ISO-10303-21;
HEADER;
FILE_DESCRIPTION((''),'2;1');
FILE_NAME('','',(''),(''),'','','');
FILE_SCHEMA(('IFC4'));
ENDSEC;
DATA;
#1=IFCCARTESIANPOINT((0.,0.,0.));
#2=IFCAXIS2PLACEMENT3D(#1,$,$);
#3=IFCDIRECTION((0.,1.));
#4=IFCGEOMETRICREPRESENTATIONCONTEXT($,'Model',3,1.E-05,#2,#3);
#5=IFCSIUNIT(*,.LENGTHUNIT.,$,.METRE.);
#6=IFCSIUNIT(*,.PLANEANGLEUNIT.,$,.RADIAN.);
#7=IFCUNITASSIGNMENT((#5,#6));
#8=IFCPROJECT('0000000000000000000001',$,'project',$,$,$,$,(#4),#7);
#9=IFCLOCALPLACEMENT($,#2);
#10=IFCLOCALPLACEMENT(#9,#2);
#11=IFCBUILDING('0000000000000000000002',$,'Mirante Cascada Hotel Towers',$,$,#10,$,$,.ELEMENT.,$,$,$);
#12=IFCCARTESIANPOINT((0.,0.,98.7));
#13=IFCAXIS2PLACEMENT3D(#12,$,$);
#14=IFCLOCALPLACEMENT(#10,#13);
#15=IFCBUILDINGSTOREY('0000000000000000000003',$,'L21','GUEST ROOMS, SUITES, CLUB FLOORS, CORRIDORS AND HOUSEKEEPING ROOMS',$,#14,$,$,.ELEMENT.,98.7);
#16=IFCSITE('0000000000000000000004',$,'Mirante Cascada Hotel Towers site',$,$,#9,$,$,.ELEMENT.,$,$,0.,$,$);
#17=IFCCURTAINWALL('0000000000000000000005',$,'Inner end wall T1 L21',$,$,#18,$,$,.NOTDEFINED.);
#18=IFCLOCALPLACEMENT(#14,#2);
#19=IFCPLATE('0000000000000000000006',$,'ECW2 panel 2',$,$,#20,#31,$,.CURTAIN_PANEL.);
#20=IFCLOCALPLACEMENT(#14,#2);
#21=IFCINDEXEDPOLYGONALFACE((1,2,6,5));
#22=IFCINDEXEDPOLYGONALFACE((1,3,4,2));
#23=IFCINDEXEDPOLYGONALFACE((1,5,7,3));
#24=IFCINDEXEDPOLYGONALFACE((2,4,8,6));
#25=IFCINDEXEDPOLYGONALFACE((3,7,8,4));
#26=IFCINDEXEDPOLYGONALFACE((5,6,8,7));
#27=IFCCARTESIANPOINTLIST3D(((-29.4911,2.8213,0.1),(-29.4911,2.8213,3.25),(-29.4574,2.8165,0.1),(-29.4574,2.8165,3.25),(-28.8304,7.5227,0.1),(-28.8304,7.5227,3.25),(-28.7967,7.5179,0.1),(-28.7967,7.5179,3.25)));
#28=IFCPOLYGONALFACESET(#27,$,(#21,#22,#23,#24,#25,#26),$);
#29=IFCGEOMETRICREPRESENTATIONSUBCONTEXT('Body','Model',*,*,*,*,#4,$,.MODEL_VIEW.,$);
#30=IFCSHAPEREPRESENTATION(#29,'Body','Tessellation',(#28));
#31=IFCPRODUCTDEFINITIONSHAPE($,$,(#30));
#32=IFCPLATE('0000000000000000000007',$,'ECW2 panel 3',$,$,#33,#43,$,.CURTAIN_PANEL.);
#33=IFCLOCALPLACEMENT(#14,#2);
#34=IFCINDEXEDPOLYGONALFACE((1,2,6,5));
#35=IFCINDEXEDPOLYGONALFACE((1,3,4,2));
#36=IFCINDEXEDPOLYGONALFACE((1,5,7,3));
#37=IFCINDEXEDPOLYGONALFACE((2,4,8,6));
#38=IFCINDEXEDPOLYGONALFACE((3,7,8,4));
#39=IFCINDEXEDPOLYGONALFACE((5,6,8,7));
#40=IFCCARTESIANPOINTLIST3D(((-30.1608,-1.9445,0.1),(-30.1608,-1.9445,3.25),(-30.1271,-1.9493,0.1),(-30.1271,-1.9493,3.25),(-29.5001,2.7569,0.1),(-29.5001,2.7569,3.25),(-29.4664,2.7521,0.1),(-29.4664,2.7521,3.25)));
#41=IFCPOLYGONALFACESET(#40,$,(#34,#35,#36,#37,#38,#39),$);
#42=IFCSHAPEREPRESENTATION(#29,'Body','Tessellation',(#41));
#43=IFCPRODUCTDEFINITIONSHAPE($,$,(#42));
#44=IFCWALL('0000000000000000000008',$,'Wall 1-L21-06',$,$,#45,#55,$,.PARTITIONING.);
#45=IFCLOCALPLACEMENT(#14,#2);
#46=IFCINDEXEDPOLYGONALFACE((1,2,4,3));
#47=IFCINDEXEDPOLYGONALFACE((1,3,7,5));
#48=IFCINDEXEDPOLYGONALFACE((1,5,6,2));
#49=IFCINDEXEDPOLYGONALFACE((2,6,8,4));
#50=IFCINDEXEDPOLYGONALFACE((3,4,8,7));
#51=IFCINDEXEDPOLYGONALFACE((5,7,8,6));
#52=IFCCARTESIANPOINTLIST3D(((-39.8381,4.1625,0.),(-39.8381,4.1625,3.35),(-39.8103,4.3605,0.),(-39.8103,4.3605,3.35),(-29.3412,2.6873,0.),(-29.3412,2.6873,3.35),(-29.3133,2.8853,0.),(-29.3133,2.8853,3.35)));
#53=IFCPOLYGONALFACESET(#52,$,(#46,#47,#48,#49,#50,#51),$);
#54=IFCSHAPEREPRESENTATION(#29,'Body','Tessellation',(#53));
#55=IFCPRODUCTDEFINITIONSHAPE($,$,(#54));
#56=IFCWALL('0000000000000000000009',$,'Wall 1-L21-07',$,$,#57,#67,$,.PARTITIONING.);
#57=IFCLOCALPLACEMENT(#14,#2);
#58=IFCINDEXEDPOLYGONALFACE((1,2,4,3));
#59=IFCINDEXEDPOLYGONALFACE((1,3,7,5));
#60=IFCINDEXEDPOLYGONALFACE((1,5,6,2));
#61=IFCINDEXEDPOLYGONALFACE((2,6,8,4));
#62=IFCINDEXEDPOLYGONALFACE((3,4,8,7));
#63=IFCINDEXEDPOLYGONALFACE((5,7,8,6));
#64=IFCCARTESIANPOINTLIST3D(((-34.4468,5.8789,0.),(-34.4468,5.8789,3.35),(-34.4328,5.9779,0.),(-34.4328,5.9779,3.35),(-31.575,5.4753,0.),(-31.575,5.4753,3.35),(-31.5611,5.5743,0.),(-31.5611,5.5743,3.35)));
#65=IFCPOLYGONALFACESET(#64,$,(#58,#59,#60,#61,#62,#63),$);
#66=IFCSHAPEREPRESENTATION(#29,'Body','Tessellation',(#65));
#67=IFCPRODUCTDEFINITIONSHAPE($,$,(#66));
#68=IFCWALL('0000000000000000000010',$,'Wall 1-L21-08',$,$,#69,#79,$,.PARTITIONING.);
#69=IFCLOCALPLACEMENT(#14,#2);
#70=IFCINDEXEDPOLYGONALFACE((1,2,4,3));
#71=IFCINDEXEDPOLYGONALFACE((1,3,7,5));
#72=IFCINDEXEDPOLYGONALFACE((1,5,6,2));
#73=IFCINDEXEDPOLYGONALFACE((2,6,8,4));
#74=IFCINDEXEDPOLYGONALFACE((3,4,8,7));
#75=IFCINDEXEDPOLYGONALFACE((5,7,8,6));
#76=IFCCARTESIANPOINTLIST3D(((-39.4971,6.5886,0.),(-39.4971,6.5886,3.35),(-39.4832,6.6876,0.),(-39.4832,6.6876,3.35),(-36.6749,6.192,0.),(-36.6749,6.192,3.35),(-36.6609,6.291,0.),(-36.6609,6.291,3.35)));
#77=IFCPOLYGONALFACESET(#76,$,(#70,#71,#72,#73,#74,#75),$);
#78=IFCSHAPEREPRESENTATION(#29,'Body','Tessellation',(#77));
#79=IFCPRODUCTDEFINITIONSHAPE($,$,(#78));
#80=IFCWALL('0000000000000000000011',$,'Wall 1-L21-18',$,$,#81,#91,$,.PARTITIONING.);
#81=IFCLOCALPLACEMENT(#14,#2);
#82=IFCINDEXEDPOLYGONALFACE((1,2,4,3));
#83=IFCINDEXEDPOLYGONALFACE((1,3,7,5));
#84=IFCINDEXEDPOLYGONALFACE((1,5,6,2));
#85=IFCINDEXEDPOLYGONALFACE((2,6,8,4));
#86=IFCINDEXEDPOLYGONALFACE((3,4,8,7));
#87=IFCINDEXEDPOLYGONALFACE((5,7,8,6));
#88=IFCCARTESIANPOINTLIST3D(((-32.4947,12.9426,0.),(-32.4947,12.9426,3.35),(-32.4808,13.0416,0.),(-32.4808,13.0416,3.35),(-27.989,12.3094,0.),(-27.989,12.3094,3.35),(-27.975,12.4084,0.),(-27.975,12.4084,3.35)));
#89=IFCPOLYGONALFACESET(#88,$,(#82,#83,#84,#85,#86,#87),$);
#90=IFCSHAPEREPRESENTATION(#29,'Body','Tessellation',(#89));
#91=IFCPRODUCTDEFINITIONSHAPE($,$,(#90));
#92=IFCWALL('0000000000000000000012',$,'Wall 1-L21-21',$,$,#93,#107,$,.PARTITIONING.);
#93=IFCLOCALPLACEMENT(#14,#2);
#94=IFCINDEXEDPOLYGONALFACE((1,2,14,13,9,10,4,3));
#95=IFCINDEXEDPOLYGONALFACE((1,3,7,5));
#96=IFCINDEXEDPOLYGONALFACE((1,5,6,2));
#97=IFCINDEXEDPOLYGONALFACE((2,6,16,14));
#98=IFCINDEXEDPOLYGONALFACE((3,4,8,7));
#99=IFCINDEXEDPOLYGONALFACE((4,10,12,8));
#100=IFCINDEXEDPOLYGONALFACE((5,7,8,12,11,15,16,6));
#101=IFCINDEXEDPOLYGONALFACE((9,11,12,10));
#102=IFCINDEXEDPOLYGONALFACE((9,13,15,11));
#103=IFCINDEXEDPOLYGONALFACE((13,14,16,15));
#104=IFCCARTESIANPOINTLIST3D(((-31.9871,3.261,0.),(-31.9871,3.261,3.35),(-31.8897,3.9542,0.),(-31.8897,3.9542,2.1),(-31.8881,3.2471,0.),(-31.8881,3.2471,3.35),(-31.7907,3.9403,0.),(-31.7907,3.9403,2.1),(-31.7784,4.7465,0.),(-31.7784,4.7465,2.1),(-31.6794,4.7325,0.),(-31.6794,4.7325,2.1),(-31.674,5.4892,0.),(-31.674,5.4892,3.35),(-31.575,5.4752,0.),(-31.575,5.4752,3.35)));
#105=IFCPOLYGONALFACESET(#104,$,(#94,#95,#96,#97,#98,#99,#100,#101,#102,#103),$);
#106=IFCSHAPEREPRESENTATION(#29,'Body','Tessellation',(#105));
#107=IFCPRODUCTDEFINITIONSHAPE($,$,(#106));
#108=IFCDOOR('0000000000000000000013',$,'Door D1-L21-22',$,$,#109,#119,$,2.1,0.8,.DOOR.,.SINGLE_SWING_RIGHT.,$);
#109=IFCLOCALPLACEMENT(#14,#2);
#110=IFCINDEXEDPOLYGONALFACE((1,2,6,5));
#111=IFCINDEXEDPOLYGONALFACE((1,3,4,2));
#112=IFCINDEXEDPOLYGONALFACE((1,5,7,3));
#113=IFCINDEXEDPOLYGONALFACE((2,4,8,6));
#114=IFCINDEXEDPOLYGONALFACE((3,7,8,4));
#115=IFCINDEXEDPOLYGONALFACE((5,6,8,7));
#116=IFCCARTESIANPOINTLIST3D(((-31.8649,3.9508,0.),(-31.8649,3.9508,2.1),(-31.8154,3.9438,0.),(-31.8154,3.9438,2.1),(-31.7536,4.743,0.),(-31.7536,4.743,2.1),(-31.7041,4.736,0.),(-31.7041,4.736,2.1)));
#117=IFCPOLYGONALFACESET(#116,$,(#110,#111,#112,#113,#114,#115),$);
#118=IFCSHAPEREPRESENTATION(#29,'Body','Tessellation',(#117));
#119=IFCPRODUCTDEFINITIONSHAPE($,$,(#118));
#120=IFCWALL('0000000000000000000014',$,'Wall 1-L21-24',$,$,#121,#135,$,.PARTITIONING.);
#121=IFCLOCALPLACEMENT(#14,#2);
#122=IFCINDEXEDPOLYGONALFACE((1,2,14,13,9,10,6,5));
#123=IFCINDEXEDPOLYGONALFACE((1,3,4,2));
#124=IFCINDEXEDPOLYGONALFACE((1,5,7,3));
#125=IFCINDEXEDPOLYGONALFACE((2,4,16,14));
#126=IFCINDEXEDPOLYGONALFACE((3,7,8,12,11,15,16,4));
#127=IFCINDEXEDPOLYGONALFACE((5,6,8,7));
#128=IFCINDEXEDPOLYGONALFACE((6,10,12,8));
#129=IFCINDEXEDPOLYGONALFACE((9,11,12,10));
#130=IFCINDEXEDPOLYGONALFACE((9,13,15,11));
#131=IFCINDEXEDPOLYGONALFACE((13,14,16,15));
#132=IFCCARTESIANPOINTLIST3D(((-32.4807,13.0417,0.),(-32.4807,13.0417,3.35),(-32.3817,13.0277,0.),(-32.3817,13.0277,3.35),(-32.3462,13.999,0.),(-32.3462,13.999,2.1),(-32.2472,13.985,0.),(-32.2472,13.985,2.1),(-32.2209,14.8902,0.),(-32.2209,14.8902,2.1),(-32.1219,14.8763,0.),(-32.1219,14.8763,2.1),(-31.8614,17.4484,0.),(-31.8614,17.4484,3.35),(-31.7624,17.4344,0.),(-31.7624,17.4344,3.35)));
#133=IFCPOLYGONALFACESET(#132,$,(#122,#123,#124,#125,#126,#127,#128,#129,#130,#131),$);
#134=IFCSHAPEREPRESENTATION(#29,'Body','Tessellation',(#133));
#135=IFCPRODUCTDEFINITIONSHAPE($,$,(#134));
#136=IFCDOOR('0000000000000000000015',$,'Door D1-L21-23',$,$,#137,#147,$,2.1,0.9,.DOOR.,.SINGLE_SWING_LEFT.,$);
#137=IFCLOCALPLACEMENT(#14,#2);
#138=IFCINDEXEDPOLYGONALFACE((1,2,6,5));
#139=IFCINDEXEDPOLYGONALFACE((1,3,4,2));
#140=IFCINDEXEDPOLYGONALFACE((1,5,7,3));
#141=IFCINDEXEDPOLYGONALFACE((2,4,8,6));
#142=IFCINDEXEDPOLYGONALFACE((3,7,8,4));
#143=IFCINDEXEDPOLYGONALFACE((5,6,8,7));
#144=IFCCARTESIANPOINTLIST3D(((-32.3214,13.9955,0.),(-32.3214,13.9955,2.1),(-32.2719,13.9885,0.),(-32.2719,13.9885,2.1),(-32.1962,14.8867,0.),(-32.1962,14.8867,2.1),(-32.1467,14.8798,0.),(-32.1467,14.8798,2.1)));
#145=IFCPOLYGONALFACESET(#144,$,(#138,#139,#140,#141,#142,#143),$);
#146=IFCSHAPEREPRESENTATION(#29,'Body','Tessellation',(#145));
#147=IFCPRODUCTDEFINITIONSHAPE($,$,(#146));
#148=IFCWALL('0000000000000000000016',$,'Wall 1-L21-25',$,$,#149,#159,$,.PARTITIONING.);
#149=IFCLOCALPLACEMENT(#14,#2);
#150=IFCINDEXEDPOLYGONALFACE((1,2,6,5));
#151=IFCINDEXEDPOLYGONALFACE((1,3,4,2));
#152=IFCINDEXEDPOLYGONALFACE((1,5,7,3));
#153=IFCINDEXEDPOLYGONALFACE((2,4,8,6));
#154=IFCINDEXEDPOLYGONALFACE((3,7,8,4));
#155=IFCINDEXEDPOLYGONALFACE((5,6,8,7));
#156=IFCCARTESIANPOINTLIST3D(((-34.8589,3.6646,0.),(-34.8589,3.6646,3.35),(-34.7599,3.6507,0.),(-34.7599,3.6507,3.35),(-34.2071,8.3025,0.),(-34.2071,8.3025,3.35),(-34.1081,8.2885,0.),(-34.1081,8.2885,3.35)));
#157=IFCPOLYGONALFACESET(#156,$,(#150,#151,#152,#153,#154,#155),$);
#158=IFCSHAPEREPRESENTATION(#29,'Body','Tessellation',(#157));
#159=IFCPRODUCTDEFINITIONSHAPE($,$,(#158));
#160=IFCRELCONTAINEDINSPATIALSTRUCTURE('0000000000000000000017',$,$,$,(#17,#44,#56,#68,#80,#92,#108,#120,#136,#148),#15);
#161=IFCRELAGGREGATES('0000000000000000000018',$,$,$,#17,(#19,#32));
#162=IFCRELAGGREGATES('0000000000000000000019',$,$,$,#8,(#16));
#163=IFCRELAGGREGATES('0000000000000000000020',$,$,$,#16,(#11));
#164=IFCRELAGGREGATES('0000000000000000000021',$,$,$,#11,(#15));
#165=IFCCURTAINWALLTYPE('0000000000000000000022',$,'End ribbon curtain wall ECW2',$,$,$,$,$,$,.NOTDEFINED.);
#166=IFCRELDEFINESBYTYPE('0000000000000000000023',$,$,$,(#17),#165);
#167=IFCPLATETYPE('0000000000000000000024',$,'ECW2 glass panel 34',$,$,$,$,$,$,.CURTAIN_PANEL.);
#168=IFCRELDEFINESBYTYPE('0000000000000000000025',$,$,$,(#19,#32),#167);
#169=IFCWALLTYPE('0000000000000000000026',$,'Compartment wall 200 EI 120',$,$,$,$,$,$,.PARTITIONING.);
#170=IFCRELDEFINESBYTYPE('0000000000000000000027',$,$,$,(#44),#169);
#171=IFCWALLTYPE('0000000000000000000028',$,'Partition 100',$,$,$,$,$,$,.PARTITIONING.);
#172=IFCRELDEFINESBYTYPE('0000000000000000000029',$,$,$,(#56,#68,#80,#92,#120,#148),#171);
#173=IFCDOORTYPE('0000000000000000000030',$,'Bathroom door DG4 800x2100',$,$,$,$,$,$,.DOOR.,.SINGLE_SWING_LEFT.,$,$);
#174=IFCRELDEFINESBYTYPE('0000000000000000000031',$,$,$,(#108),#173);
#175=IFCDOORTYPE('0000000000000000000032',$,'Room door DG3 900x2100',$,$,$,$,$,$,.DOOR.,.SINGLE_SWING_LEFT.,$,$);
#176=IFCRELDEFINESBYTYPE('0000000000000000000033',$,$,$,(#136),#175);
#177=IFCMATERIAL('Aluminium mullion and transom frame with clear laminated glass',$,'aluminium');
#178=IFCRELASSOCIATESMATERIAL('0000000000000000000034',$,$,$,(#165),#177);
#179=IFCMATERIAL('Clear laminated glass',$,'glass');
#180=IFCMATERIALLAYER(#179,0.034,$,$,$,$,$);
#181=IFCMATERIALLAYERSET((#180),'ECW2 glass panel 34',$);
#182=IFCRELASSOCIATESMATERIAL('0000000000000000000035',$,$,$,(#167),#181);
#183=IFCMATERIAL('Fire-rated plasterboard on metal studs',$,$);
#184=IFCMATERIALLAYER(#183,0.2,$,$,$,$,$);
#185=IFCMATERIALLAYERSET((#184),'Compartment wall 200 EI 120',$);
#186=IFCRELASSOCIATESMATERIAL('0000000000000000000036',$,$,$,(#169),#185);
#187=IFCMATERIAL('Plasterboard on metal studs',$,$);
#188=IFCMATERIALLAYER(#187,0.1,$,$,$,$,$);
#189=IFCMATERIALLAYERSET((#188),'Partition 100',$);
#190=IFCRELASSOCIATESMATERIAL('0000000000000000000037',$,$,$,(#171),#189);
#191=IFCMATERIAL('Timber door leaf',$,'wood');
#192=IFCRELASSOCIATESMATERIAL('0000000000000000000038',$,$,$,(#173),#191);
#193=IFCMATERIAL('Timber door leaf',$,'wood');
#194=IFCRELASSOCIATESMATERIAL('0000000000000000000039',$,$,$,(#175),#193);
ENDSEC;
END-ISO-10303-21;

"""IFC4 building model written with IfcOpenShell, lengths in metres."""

from ifc_helpers import new_model, si_unit, direction, frame, frame_2d, origin, origin_2d, place, context, subcontext, project, spatial, rectangle, extrude, material, layer, layer_set, type_object, element, fill, aggregate, save


model = new_model("IFC4")

# Units and contexts
model_context = context("Model", 3, precision=1e-05, world=origin(), true_north=direction((0.0, 1.0)))
body_context = subcontext(model_context, "Body", "Model", "MODEL_VIEW")
ifc_project = project(units=[si_unit("LENGTHUNIT", "METRE"), si_unit("PLANEANGLEUNIT", "RADIAN")], contexts=[model_context])

# Site, building, storey
site_placement = place(None, origin())
site = spatial("IfcSite", under=ifc_project, at=site_placement, Name="Mirante Cascada Hotel Towers site", CompositionType="ELEMENT", RefElevation=0.0)
building_placement = place(site_placement, origin())
building = spatial("IfcBuilding", under=site, at=building_placement, Name="Mirante Cascada Hotel Towers", CompositionType="ELEMENT")
storey_placement = place(building_placement, frame((0.0, 0.0, 98.7)))
storey = spatial("IfcBuildingStorey", under=building, at=storey_placement, Name="L21", Description="GUEST ROOMS, SUITES, CLUB FLOORS, CORRIDORS AND HOUSEKEEPING ROOMS", CompositionType="ELEMENT", Elevation=98.7)

# Curtain wall
ifc_material_1 = material(Name="Aluminium mullion and transom frame with clear laminated glass", Category="aluminium")
curtain_wall_type_1 = type_object("IfcCurtainWallType", Name="End ribbon curtain wall ECW2", PredefinedType="NOTDEFINED", material=ifc_material_1)
curtain_wall_1_placement = place(storey_placement, origin())
curtain_wall_1 = element("IfcCurtainWall", 1, at=curtain_wall_1_placement, inside=storey, type_object=curtain_wall_type_1, Name="Inner end wall T1 L21", PredefinedType="NOTDEFINED")

# Plates
ifc_material_2 = material(Name="Clear laminated glass", Category="glass")
ifc_layer_1 = layer(ifc_material_2, 0.034)
ifc_layer_set_1 = layer_set([ifc_layer_1], Name="ECW2 glass panel 34")
plate_type_1 = type_object("IfcPlateType", Name="ECW2 glass panel 34", PredefinedType="CURTAIN_PANEL", material=ifc_layer_set_1)
plate_1_placement = place(storey_placement, frame((-29.1439, 5.1696, 0.1), z_axis=(0.0, 0.0, 1.0), x_axis=(-0.139173, -0.990268, 0.0)))
plate_1 = element("IfcPlate", 2, at=plate_1_placement, type_object=plate_type_1, Name="ECW2 panel 2", PredefinedType="CURTAIN_PANEL", context=body_context, shape_type="SweptSolid", body=[
    extrude(rectangle(XDim=4.7476, YDim=0.034, at=origin_2d()), origin(), (0.0, 0.0, 1.0), 3.15),
])
plate_2_placement = place(storey_placement, frame((-29.8136, 0.4038, 0.1), z_axis=(0.0, 0.0, 1.0), x_axis=(-0.139173, -0.990268, 0.0)))
plate_2 = element("IfcPlate", 3, at=plate_2_placement, type_object=plate_type_1, Name="ECW2 panel 3", PredefinedType="CURTAIN_PANEL", context=body_context, shape_type="SweptSolid", body=[
    extrude(rectangle(XDim=4.7476, YDim=0.034, at=origin_2d()), origin(), (0.0, 0.0, 1.0), 3.15),
])
aggregate(curtain_wall_1, [plate_1, plate_2])

# Walls
ifc_material_3 = material(Name="Fire-rated plasterboard on metal studs")
ifc_layer_2 = layer(ifc_material_3, 0.2)
ifc_layer_set_2 = layer_set([ifc_layer_2], Name="Compartment wall 200 EI 120")
wall_type_1 = type_object("IfcWallType", Name="Compartment wall 200 EI 120", PredefinedType="PARTITIONING", material=ifc_layer_set_2)
wall_1_placement = place(storey_placement, frame((-29.3273, 2.7863, 0.0), z_axis=(0.0, 0.0, 1.0), x_axis=(-0.990269, 0.139169, 0.0)))
element("IfcWall", 4, at=wall_1_placement, inside=storey, type_object=wall_type_1, Name="Wall 1-L21-06", PredefinedType="PARTITIONING", context=body_context, shape_type="SweptSolid", body=[
    extrude(rectangle(XDim=10.6001, YDim=0.2, at=frame_2d((5.3, 0.0))), origin(), (0.0, 0.0, 1.0), 3.35),
])
ifc_material_4 = material(Name="Plasterboard on metal studs")
ifc_layer_3 = layer(ifc_material_4, 0.1)
ifc_layer_set_3 = layer_set([ifc_layer_3], Name="Partition 100")
wall_type_2 = type_object("IfcWallType", Name="Partition 100", PredefinedType="PARTITIONING", material=ifc_layer_set_3)
wall_2_placement = place(storey_placement, frame((-34.4398, 5.9284, 0.0), z_axis=(0.0, 0.0, 1.0), x_axis=(0.990268, -0.139171, 0.0)))
element("IfcWall", 5, at=wall_2_placement, inside=storey, type_object=wall_type_2, Name="Wall 1-L21-07", PredefinedType="PARTITIONING", context=body_context, shape_type="SweptSolid", body=[
    extrude(rectangle(XDim=2.9, YDim=0.1, at=frame_2d((1.45, 0.0))), origin(), (0.0, 0.0, 1.0), 3.35),
])
wall_3_placement = place(storey_placement, frame((-36.6679, 6.2415, 0.0), z_axis=(0.0, 0.0, 1.0), x_axis=(-0.99027, 0.139156, 0.0)))
element("IfcWall", 6, at=wall_3_placement, inside=storey, type_object=wall_type_2, Name="Wall 1-L21-08", PredefinedType="PARTITIONING", context=body_context, shape_type="SweptSolid", body=[
    extrude(rectangle(XDim=2.85, YDim=0.1, at=frame_2d((1.425, 0.0))), origin(), (0.0, 0.0, 1.0), 3.35),
])
wall_4_placement = place(storey_placement, frame((-27.982, 12.3589, 0.0), z_axis=(0.0, 0.0, 1.0), x_axis=(-0.990269, 0.139166, 0.0)))
element("IfcWall", 7, at=wall_4_placement, inside=storey, type_object=wall_type_2, Name="Wall 1-L21-18", PredefinedType="PARTITIONING", context=body_context, shape_type="SweptSolid", body=[
    extrude(rectangle(XDim=4.55, YDim=0.1, at=frame_2d((2.275, 0.0))), origin(), (0.0, 0.0, 1.0), 3.35),
])

# Walls, openings, doors
wall_5_placement = place(storey_placement, frame((-31.6245, 5.4822, 0.0), z_axis=(0.0, 0.0, 1.0), x_axis=(-0.139156, -0.990271, 0.0)))
wall_5 = element("IfcWall", 8, at=wall_5_placement, inside=storey, type_object=wall_type_2, Name="Wall 1-L21-21", PredefinedType="PARTITIONING", context=body_context, shape_type="SweptSolid", body=[
    extrude(rectangle(XDim=2.25, YDim=0.1, at=frame_2d((1.125, 0.0))), origin(), (0.0, 0.0, 1.0), 3.35),
])
opening_1_placement = place(wall_5_placement, frame((0.75, 0.0, 0.0)))
opening_1 = element("IfcOpeningElement", 9, at=opening_1_placement, cuts=wall_5, PredefinedType="OPENING", context=body_context, shape_type="SweptSolid", body=[
    extrude(rectangle(XDim=0.8, YDim=2.1, at=frame_2d((0.4, 1.05))), frame((0.0, 0.05, 0.0), z_axis=(0.0, -1.0, 0.0), x_axis=(1.0, 0.0, 0.0)), (0.0, 0.0, 1.0), 0.1),
])
ifc_material_5 = material(Name="Timber door leaf", Category="wood")
door_type_1 = type_object("IfcDoorType", Name="Bathroom door DG4 800x2100", OperationType="SINGLE_SWING_LEFT", PredefinedType="DOOR", material=ifc_material_5)
door_1_placement = place(opening_1_placement, frame((0.8, 0.0, 0.0), z_axis=(0.0, 0.0, 1.0), x_axis=(-1.0, 0.0, 0.0)))
door_1 = element("IfcDoor", 10, at=door_1_placement, inside=storey, type_object=door_type_1, Name="Door D1-L21-22", OperationType="SINGLE_SWING_RIGHT", OverallHeight=2.1, OverallWidth=0.8, PredefinedType="DOOR", context=body_context, shape_type="SweptSolid", body=[
    extrude(rectangle(XDim=0.8, YDim=2.1, at=frame_2d((0.4, 1.05))), frame((0.0, 0.025, 0.0), z_axis=(0.0, -1.0, 0.0), x_axis=(1.0, 0.0, 0.0)), (0.0, 0.0, 1.0), 0.05),
])
fill(opening_1, door_1)
wall_6_placement = place(storey_placement, frame((-32.4312, 13.0347, 0.0), z_axis=(0.0, 0.0, 1.0), x_axis=(0.139168, 0.990269, 0.0)))
wall_6 = element("IfcWall", 11, at=wall_6_placement, inside=storey, type_object=wall_type_2, Name="Wall 1-L21-24", PredefinedType="PARTITIONING", context=body_context, shape_type="SweptSolid", body=[
    extrude(rectangle(XDim=4.45, YDim=0.1, at=frame_2d((2.225, 0.0))), origin(), (0.0, 0.0, 1.0), 3.35),
])
opening_2_placement = place(wall_6_placement, frame((0.9667, 0.0, 0.0)))
opening_2 = element("IfcOpeningElement", 12, at=opening_2_placement, cuts=wall_6, PredefinedType="OPENING", context=body_context, shape_type="SweptSolid", body=[
    extrude(rectangle(XDim=0.9, YDim=2.1, at=frame_2d((0.45, 1.05))), frame((0.0, 0.05, 0.0), z_axis=(0.0, -1.0, 0.0), x_axis=(1.0, 0.0, 0.0)), (0.0, 0.0, 1.0), 0.1),
])
ifc_material_6 = material(Name="Timber door leaf", Category="wood")
door_type_2 = type_object("IfcDoorType", Name="Room door DG3 900x2100", OperationType="SINGLE_SWING_LEFT", PredefinedType="DOOR", material=ifc_material_6)
door_2_placement = place(opening_2_placement, origin())
door_2 = element("IfcDoor", 13, at=door_2_placement, inside=storey, type_object=door_type_2, Name="Door D1-L21-23", OperationType="SINGLE_SWING_LEFT", OverallHeight=2.1, OverallWidth=0.9, PredefinedType="DOOR", context=body_context, shape_type="SweptSolid", body=[
    extrude(rectangle(XDim=0.9, YDim=2.1, at=frame_2d((0.45, 1.05))), frame((0.0, 0.025, 0.0), z_axis=(0.0, -1.0, 0.0), x_axis=(1.0, 0.0, 0.0)), (0.0, 0.0, 1.0), 0.05),
])
fill(opening_2, door_2)

# Wall
wall_7_placement = place(storey_placement, frame((-34.1576, 8.2955, 0.0), z_axis=(0.0, 0.0, 1.0), x_axis=(-0.139173, -0.990268, 0.0)))
element("IfcWall", 14, at=wall_7_placement, inside=storey, type_object=wall_type_2, Name="Wall 1-L21-25", PredefinedType="PARTITIONING", context=body_context, shape_type="SweptSolid", body=[
    extrude(rectangle(XDim=4.6834, YDim=0.1, at=frame_2d((2.3417, 0.0))), origin(), (0.0, 0.0, 1.0), 3.35),
])

save(model, "model.ifc")
